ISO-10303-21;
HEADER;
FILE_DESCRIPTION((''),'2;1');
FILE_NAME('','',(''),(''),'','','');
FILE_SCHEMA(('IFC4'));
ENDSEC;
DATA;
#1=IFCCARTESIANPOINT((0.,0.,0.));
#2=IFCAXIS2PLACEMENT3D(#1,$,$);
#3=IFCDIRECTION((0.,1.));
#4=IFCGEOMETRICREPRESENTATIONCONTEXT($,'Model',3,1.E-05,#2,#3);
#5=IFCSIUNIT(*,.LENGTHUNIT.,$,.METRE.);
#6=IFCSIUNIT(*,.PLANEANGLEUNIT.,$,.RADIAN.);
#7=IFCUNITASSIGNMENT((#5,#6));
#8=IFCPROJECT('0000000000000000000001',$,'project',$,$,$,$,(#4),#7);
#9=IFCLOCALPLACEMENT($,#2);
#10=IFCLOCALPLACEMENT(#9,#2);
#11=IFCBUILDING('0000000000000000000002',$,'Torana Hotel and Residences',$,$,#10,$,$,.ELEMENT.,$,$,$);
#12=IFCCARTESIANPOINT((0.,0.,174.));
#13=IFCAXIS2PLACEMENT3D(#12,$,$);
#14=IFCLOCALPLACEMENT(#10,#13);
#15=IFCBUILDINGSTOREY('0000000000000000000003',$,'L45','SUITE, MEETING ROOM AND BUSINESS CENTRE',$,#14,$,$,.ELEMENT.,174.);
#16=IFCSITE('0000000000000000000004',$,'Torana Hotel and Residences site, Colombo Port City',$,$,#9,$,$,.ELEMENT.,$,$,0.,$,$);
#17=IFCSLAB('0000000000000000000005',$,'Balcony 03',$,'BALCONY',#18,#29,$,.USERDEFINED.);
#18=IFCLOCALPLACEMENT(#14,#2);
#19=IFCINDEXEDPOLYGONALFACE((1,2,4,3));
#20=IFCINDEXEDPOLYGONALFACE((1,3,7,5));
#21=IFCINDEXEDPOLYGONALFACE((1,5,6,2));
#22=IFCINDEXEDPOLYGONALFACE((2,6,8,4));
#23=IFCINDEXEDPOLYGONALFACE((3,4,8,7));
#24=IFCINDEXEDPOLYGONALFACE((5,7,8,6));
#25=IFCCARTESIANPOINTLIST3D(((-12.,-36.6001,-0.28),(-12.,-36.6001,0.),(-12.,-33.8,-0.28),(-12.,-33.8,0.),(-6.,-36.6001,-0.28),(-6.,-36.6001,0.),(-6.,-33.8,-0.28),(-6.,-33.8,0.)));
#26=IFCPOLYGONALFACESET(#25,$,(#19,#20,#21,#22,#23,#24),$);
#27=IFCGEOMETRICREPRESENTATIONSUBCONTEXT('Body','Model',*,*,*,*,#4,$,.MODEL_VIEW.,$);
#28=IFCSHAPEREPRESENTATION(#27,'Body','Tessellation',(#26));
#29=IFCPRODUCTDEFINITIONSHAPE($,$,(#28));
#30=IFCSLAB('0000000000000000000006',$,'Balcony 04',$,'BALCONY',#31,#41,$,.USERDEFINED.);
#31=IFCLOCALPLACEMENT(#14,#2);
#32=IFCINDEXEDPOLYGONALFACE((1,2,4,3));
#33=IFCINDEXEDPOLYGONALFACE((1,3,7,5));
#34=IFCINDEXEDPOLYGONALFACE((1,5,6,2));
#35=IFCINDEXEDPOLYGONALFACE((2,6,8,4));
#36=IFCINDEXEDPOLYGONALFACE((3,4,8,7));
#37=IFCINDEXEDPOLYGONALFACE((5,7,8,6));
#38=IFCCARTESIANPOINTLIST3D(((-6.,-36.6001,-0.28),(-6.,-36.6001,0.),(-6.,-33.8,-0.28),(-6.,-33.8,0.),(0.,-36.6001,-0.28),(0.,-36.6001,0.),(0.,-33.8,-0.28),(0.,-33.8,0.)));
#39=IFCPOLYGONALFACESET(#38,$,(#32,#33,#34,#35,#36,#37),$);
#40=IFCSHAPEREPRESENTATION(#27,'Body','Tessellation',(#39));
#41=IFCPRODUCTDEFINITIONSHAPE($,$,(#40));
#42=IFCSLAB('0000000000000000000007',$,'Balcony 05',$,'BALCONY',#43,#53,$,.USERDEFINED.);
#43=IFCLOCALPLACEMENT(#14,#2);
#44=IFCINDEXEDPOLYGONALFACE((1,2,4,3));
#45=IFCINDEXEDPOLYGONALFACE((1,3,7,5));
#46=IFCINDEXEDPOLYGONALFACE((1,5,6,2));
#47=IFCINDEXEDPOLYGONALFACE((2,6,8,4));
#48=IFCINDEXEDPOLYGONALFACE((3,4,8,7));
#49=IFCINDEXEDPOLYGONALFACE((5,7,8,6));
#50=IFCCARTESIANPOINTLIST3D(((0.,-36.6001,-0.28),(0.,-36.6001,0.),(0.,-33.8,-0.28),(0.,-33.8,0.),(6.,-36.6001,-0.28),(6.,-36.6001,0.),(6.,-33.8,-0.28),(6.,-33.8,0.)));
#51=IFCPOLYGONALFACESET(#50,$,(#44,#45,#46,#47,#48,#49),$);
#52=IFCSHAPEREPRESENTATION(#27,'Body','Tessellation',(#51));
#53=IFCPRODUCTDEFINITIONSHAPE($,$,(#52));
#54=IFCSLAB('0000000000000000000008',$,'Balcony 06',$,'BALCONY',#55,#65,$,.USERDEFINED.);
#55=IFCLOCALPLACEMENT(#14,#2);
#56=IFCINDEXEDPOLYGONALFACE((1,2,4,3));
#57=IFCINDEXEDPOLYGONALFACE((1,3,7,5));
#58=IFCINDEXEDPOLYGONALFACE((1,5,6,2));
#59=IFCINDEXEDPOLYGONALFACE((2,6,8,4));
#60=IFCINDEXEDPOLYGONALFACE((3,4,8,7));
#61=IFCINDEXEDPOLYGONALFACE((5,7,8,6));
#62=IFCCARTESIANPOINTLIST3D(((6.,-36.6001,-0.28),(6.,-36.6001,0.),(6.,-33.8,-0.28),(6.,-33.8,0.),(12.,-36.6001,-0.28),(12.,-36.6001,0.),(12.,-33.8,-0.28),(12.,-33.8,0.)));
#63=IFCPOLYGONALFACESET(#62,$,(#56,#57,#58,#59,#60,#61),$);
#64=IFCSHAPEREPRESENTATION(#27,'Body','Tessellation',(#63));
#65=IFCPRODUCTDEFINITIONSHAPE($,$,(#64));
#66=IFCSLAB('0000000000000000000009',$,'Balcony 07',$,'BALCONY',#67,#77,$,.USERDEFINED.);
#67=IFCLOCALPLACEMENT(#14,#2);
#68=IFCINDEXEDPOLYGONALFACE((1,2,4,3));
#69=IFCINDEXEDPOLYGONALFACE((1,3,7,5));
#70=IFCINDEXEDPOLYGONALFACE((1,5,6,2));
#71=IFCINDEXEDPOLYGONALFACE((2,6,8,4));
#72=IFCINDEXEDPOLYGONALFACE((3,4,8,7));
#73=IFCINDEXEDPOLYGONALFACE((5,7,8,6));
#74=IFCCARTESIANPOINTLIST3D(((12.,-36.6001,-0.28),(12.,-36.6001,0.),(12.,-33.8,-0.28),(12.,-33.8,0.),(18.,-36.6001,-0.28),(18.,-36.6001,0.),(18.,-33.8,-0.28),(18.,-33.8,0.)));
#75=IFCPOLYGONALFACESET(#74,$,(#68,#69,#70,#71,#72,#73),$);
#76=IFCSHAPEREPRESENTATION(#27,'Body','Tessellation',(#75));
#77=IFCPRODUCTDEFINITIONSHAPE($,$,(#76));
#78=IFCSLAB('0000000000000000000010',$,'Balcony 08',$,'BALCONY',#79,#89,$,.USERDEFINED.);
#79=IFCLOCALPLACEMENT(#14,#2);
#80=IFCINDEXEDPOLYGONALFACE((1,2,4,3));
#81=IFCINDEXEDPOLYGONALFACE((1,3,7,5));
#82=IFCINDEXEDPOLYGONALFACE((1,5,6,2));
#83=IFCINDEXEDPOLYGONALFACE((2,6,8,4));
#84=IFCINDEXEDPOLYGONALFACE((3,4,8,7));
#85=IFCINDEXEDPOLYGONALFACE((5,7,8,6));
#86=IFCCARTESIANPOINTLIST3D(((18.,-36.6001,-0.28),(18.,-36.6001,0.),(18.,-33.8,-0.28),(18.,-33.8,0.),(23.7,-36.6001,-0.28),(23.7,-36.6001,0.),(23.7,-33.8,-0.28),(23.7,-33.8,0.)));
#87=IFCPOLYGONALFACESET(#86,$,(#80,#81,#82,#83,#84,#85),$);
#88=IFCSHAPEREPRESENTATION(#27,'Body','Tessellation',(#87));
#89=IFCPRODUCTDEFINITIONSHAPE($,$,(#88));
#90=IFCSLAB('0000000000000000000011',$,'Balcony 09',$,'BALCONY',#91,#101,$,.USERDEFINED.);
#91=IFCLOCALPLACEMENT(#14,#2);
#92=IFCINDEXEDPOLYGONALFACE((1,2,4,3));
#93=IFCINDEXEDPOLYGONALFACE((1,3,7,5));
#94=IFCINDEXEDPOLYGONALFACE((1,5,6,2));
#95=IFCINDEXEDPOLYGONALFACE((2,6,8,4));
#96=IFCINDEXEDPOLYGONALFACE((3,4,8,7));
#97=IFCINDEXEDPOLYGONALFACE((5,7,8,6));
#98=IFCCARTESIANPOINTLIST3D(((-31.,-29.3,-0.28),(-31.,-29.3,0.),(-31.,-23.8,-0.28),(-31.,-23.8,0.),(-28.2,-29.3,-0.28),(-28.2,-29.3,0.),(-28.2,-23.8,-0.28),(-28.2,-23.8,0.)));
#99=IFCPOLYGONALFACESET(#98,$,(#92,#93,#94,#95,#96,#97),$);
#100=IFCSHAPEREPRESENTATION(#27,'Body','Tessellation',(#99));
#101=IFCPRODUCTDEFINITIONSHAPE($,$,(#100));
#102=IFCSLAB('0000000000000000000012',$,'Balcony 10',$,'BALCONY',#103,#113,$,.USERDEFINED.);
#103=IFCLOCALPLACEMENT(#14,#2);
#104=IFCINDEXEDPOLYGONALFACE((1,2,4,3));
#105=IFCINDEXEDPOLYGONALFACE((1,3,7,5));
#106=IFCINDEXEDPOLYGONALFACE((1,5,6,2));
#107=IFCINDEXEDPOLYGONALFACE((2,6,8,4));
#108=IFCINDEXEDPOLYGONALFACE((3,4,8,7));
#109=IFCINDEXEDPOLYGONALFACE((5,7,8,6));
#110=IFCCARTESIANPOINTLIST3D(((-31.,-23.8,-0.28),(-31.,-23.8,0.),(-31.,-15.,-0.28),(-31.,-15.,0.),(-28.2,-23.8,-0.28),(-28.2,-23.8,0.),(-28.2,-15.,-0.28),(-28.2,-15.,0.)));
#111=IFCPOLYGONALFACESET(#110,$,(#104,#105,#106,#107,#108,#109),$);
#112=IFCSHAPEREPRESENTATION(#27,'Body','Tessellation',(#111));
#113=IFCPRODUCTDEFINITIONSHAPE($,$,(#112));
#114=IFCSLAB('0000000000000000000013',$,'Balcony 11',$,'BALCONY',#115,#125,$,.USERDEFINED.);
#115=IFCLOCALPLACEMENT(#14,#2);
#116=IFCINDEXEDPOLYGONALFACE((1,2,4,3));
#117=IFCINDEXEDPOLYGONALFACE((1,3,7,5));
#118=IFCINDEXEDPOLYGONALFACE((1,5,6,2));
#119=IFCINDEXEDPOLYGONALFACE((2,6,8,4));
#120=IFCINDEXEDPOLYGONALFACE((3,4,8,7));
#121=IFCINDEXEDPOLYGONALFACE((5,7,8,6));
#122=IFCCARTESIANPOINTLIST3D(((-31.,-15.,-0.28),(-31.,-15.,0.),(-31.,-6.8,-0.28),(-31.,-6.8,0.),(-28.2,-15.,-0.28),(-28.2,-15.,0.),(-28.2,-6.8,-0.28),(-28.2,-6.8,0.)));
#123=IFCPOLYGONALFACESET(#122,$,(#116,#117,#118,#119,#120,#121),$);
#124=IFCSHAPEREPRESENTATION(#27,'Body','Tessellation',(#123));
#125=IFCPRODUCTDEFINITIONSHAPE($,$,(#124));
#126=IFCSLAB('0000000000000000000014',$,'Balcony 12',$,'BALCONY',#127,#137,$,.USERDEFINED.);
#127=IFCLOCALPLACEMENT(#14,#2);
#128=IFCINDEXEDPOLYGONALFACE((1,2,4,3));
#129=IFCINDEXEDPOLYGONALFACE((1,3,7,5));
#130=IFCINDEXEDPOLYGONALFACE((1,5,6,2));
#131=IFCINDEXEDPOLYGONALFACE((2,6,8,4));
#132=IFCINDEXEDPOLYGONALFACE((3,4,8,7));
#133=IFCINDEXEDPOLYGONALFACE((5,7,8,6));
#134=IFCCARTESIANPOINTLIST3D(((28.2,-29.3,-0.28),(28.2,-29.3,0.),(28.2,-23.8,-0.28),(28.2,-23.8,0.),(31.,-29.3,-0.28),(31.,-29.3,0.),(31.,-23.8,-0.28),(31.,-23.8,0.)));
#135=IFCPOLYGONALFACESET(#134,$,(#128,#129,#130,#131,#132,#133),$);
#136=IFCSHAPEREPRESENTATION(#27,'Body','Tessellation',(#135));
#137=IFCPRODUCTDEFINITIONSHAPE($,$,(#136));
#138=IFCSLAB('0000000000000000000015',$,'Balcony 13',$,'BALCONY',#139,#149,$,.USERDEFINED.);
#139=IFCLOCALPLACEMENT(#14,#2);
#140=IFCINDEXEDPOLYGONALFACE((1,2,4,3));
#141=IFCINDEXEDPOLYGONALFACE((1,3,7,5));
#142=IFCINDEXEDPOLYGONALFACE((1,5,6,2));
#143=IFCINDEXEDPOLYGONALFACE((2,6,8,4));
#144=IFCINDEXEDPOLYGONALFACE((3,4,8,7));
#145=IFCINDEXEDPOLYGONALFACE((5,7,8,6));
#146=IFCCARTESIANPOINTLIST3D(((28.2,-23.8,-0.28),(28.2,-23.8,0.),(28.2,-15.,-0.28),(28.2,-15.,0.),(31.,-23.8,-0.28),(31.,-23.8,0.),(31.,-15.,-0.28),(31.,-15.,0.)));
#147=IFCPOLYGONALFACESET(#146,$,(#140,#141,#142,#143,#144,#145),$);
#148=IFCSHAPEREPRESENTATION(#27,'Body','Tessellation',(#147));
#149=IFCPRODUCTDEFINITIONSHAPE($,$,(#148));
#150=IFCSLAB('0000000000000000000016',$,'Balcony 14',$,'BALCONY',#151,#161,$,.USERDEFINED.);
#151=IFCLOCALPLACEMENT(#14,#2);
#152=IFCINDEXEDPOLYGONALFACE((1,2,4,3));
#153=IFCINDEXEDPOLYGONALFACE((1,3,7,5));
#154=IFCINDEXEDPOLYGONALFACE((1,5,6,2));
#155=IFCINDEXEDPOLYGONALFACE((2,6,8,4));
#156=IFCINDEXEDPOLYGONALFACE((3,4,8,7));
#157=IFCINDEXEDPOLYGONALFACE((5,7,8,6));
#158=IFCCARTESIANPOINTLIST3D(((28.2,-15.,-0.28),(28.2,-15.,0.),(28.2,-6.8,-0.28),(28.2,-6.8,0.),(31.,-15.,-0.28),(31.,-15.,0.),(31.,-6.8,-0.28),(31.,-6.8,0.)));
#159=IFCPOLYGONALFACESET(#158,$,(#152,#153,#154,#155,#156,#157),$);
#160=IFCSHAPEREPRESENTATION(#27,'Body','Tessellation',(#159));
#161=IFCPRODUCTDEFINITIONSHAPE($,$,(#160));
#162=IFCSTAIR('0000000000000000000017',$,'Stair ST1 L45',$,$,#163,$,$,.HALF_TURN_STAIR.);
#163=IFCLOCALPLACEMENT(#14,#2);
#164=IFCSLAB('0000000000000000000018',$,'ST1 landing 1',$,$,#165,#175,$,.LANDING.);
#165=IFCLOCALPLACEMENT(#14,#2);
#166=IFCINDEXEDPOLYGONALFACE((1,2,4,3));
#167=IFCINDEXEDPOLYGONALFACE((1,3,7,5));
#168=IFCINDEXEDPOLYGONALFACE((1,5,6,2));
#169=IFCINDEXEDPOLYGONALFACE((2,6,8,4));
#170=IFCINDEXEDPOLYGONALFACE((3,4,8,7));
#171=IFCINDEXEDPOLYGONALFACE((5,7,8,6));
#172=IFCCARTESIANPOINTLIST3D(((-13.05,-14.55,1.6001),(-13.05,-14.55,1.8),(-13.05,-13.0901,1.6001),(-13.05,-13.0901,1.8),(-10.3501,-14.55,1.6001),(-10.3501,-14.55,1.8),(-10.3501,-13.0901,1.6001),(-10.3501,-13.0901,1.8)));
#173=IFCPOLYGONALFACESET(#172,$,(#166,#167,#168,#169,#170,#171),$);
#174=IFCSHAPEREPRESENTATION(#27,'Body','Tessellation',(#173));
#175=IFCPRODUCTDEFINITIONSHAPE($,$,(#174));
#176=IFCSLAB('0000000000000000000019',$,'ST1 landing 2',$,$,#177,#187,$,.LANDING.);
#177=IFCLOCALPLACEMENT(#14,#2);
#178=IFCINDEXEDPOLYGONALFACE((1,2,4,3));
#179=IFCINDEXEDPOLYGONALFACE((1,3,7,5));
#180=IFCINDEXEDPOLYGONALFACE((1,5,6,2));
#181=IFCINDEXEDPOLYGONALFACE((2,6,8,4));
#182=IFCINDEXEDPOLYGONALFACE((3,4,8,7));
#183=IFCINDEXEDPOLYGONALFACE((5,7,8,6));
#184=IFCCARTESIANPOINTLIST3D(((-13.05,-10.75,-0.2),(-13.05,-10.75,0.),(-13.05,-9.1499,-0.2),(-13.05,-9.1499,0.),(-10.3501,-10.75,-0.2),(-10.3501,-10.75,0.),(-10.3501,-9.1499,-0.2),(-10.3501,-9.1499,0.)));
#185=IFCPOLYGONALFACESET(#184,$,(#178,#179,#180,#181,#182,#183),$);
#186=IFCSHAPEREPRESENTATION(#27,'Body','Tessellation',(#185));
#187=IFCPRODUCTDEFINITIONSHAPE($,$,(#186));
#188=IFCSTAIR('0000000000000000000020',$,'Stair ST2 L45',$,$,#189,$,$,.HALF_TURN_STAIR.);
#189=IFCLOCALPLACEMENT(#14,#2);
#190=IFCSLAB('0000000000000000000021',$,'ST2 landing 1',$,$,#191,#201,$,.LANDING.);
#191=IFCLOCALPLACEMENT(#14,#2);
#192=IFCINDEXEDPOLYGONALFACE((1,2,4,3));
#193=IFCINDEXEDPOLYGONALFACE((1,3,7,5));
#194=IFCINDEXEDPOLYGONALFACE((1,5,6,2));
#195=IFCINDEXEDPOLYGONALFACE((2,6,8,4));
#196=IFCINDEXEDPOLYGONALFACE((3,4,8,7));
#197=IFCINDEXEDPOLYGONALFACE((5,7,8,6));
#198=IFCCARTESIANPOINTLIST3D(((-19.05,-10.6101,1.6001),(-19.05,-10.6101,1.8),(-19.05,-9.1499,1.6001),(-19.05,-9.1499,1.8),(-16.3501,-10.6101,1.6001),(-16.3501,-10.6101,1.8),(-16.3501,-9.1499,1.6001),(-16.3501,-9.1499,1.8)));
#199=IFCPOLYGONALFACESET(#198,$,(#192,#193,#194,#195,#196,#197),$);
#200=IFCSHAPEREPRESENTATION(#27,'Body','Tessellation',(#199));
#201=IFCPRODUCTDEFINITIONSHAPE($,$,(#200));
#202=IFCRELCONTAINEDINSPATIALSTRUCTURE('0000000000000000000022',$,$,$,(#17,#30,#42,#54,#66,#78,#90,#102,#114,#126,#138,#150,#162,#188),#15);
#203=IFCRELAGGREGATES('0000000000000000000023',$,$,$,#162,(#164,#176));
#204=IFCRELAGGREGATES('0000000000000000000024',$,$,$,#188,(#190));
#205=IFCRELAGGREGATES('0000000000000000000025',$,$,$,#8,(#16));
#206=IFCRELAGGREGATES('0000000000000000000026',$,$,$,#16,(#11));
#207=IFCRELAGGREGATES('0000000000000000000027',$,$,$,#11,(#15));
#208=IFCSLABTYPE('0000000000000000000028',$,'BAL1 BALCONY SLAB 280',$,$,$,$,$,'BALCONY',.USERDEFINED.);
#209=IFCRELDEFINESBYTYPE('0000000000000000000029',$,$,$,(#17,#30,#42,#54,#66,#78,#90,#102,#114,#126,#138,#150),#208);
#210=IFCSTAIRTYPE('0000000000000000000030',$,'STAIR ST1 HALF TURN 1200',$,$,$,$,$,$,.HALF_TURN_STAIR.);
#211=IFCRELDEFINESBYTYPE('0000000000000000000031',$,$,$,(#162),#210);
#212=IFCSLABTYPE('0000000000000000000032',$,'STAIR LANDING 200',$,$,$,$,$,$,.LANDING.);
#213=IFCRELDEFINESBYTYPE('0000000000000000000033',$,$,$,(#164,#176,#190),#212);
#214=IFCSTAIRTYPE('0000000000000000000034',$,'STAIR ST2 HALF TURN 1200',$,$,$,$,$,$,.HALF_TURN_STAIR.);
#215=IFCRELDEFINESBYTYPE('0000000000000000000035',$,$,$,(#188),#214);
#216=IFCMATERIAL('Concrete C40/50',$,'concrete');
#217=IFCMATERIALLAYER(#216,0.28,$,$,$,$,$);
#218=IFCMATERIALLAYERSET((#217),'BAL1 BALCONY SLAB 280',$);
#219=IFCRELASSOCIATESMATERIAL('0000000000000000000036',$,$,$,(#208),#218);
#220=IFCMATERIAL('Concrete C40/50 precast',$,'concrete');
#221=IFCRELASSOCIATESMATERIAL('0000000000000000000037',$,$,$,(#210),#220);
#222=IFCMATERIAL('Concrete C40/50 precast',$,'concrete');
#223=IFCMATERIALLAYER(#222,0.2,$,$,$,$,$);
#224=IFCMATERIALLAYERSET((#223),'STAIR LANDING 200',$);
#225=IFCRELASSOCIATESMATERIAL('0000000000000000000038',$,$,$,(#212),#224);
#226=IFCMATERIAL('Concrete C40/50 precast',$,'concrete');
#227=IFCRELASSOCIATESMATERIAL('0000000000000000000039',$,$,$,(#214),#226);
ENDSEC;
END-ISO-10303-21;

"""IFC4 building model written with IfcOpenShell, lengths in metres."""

from ifc_helpers import new_model, si_unit, direction, frame, origin, place, context, subcontext, project, spatial, polyline, outline, extrude, material, layer, layer_set, type_object, element, aggregate, save


model = new_model("IFC4")

# Units and contexts
model_context = context("Model", 3, precision=1e-05, world=origin(), true_north=direction((0.0, 1.0)))
body_context = subcontext(model_context, "Body", "Model", "MODEL_VIEW")
ifc_project = project(units=[si_unit("LENGTHUNIT", "METRE"), si_unit("PLANEANGLEUNIT", "RADIAN")], contexts=[model_context])

# Site, building, storey
site_placement = place(None, origin())
site = spatial("IfcSite", under=ifc_project, at=site_placement, Name="Torana Hotel and Residences site, Colombo Port City", CompositionType="ELEMENT", RefElevation=0.0)
building_placement = place(site_placement, origin())
building = spatial("IfcBuilding", under=site, at=building_placement, Name="Torana Hotel and Residences", CompositionType="ELEMENT")
storey_placement = place(building_placement, frame((0.0, 0.0, 174.0)))
storey = spatial("IfcBuildingStorey", under=building, at=storey_placement, Name="L45", Description="SUITE, MEETING ROOM AND BUSINESS CENTRE", CompositionType="ELEMENT", Elevation=174.0)

# Slabs
ifc_material_1 = material(Name="Concrete C40/50", Category="concrete")
ifc_layer_1 = layer(ifc_material_1, 0.28)
ifc_layer_set_1 = layer_set([ifc_layer_1], Name="BAL1 BALCONY SLAB 280")
slab_type_1 = type_object("IfcSlabType", Name="BAL1 BALCONY SLAB 280", ElementType="BALCONY", PredefinedType="USERDEFINED", material=ifc_layer_set_1)
slab_1_placement = place(storey_placement, frame((0.0, 0.0, -0.28)))
element("IfcSlab", 1, at=slab_1_placement, inside=storey, type_object=slab_type_1, Name="Balcony 03", ObjectType="BALCONY", PredefinedType="USERDEFINED", context=body_context, shape_type="SweptSolid", body=[
    extrude(outline(polyline([(-12.0, -36.6001), (-6.0, -36.6001), (-6.0, -33.8), (-12.0, -33.8), (-12.0, -36.6001)])), origin(), (0.0, 0.0, 1.0), 0.28),
])
slab_2_placement = place(storey_placement, frame((0.0, 0.0, -0.28)))
element("IfcSlab", 2, at=slab_2_placement, inside=storey, type_object=slab_type_1, Name="Balcony 04", ObjectType="BALCONY", PredefinedType="USERDEFINED", context=body_context, shape_type="SweptSolid", body=[
    extrude(outline(polyline([(-6.0, -36.6001), (0.0, -36.6001), (0.0, -33.8), (-6.0, -33.8), (-6.0, -36.6001)])), origin(), (0.0, 0.0, 1.0), 0.28),
])
slab_3_placement = place(storey_placement, frame((0.0, 0.0, -0.28)))
element("IfcSlab", 3, at=slab_3_placement, inside=storey, type_object=slab_type_1, Name="Balcony 05", ObjectType="BALCONY", PredefinedType="USERDEFINED", context=body_context, shape_type="SweptSolid", body=[
    extrude(outline(polyline([(0.0, -36.6001), (6.0, -36.6001), (6.0, -33.8), (0.0, -33.8), (0.0, -36.6001)])), origin(), (0.0, 0.0, 1.0), 0.28),
])
slab_4_placement = place(storey_placement, frame((0.0, 0.0, -0.28)))
element("IfcSlab", 4, at=slab_4_placement, inside=storey, type_object=slab_type_1, Name="Balcony 06", ObjectType="BALCONY", PredefinedType="USERDEFINED", context=body_context, shape_type="SweptSolid", body=[
    extrude(outline(polyline([(6.0, -36.6001), (12.0, -36.6001), (12.0, -33.8), (6.0, -33.8), (6.0, -36.6001)])), origin(), (0.0, 0.0, 1.0), 0.28),
])
slab_5_placement = place(storey_placement, frame((0.0, 0.0, -0.28)))
element("IfcSlab", 5, at=slab_5_placement, inside=storey, type_object=slab_type_1, Name="Balcony 07", ObjectType="BALCONY", PredefinedType="USERDEFINED", context=body_context, shape_type="SweptSolid", body=[
    extrude(outline(polyline([(12.0, -36.6001), (18.0, -36.6001), (18.0, -33.8), (12.0, -33.8), (12.0, -36.6001)])), origin(), (0.0, 0.0, 1.0), 0.28),
])
slab_6_placement = place(storey_placement, frame((0.0, 0.0, -0.28)))
element("IfcSlab", 6, at=slab_6_placement, inside=storey, type_object=slab_type_1, Name="Balcony 08", ObjectType="BALCONY", PredefinedType="USERDEFINED", context=body_context, shape_type="SweptSolid", body=[
    extrude(outline(polyline([(18.0, -36.6001), (23.7, -36.6001), (23.7, -33.8), (18.0, -33.8), (18.0, -36.6001)])), origin(), (0.0, 0.0, 1.0), 0.28),
])
slab_7_placement = place(storey_placement, frame((0.0, 0.0, -0.28)))
element("IfcSlab", 7, at=slab_7_placement, inside=storey, type_object=slab_type_1, Name="Balcony 09", ObjectType="BALCONY", PredefinedType="USERDEFINED", context=body_context, shape_type="SweptSolid", body=[
    extrude(outline(polyline([(-31.0, -29.3), (-28.2, -29.3), (-28.2, -23.8), (-31.0, -23.8), (-31.0, -29.3)])), origin(), (0.0, 0.0, 1.0), 0.28),
])
slab_8_placement = place(storey_placement, frame((0.0, 0.0, -0.28)))
element("IfcSlab", 8, at=slab_8_placement, inside=storey, type_object=slab_type_1, Name="Balcony 10", ObjectType="BALCONY", PredefinedType="USERDEFINED", context=body_context, shape_type="SweptSolid", body=[
    extrude(outline(polyline([(-31.0, -23.8), (-28.2, -23.8), (-28.2, -15.0), (-31.0, -15.0), (-31.0, -23.8)])), origin(), (0.0, 0.0, 1.0), 0.28),
])
slab_9_placement = place(storey_placement, frame((0.0, 0.0, -0.28)))
element("IfcSlab", 9, at=slab_9_placement, inside=storey, type_object=slab_type_1, Name="Balcony 11", ObjectType="BALCONY", PredefinedType="USERDEFINED", context=body_context, shape_type="SweptSolid", body=[
    extrude(outline(polyline([(-31.0, -15.0), (-28.2, -15.0), (-28.2, -6.8), (-31.0, -6.8), (-31.0, -15.0)])), origin(), (0.0, 0.0, 1.0), 0.28),
])
slab_10_placement = place(storey_placement, frame((0.0, 0.0, -0.28)))
element("IfcSlab", 10, at=slab_10_placement, inside=storey, type_object=slab_type_1, Name="Balcony 12", ObjectType="BALCONY", PredefinedType="USERDEFINED", context=body_context, shape_type="SweptSolid", body=[
    extrude(outline(polyline([(28.2, -29.3), (31.0, -29.3), (31.0, -23.8), (28.2, -23.8), (28.2, -29.3)])), origin(), (0.0, 0.0, 1.0), 0.28),
])
slab_11_placement = place(storey_placement, frame((0.0, 0.0, -0.28)))
element("IfcSlab", 11, at=slab_11_placement, inside=storey, type_object=slab_type_1, Name="Balcony 13", ObjectType="BALCONY", PredefinedType="USERDEFINED", context=body_context, shape_type="SweptSolid", body=[
    extrude(outline(polyline([(28.2, -23.8), (31.0, -23.8), (31.0, -15.0), (28.2, -15.0), (28.2, -23.8)])), origin(), (0.0, 0.0, 1.0), 0.28),
])
slab_12_placement = place(storey_placement, frame((0.0, 0.0, -0.28)))
element("IfcSlab", 12, at=slab_12_placement, inside=storey, type_object=slab_type_1, Name="Balcony 14", ObjectType="BALCONY", PredefinedType="USERDEFINED", context=body_context, shape_type="SweptSolid", body=[
    extrude(outline(polyline([(28.2, -15.0), (31.0, -15.0), (31.0, -6.8), (28.2, -6.8), (28.2, -15.0)])), origin(), (0.0, 0.0, 1.0), 0.28),
])

# Stairs, slabs
ifc_material_2 = material(Name="Concrete C40/50 precast", Category="concrete")
stair_type_1 = type_object("IfcStairType", Name="STAIR ST1 HALF TURN 1200", PredefinedType="HALF_TURN_STAIR", material=ifc_material_2)
stair_1_placement = place(storey_placement, origin())
stair_1 = element("IfcStair", 13, at=stair_1_placement, inside=storey, type_object=stair_type_1, Name="Stair ST1 L45", PredefinedType="HALF_TURN_STAIR")
ifc_material_3 = material(Name="Concrete C40/50 precast", Category="concrete")
ifc_layer_2 = layer(ifc_material_3, 0.2)
ifc_layer_set_2 = layer_set([ifc_layer_2], Name="STAIR LANDING 200")
slab_type_2 = type_object("IfcSlabType", Name="STAIR LANDING 200", PredefinedType="LANDING", material=ifc_layer_set_2)
slab_13_placement = place(storey_placement, frame((0.0, 0.0, 1.6001)))
slab_13 = element("IfcSlab", 14, at=slab_13_placement, type_object=slab_type_2, Name="ST1 landing 1", PredefinedType="LANDING", context=body_context, shape_type="SweptSolid", body=[
    extrude(outline(polyline([(-13.05, -14.55), (-10.3501, -14.55), (-10.3501, -13.0901), (-13.05, -13.0901), (-13.05, -14.55)])), origin(), (0.0, 0.0, 1.0), 0.2),
])
slab_14_placement = place(storey_placement, frame((0.0, 0.0, -0.2)))
slab_14 = element("IfcSlab", 15, at=slab_14_placement, type_object=slab_type_2, Name="ST1 landing 2", PredefinedType="LANDING", context=body_context, shape_type="SweptSolid", body=[
    extrude(outline(polyline([(-13.05, -10.75), (-10.3501, -10.75), (-10.3501, -9.1499), (-13.05, -9.1499), (-13.05, -10.75)])), origin(), (0.0, 0.0, 1.0), 0.2),
])
aggregate(stair_1, [slab_13, slab_14])
ifc_material_4 = material(Name="Concrete C40/50 precast", Category="concrete")
stair_type_2 = type_object("IfcStairType", Name="STAIR ST2 HALF TURN 1200", PredefinedType="HALF_TURN_STAIR", material=ifc_material_4)
stair_2_placement = place(storey_placement, origin())
stair_2 = element("IfcStair", 16, at=stair_2_placement, inside=storey, type_object=stair_type_2, Name="Stair ST2 L45", PredefinedType="HALF_TURN_STAIR")
slab_15_placement = place(storey_placement, frame((0.0, 0.0, 1.6001)))
slab_15 = element("IfcSlab", 17, at=slab_15_placement, type_object=slab_type_2, Name="ST2 landing 1", PredefinedType="LANDING", context=body_context, shape_type="SweptSolid", body=[
    extrude(outline(polyline([(-19.05, -10.6101), (-16.3501, -10.6101), (-16.3501, -9.1499), (-19.05, -9.1499), (-19.05, -10.6101)])), origin(), (0.0, 0.0, 1.0), 0.2),
])
aggregate(stair_2, [slab_15])

save(model, "model.ifc")
